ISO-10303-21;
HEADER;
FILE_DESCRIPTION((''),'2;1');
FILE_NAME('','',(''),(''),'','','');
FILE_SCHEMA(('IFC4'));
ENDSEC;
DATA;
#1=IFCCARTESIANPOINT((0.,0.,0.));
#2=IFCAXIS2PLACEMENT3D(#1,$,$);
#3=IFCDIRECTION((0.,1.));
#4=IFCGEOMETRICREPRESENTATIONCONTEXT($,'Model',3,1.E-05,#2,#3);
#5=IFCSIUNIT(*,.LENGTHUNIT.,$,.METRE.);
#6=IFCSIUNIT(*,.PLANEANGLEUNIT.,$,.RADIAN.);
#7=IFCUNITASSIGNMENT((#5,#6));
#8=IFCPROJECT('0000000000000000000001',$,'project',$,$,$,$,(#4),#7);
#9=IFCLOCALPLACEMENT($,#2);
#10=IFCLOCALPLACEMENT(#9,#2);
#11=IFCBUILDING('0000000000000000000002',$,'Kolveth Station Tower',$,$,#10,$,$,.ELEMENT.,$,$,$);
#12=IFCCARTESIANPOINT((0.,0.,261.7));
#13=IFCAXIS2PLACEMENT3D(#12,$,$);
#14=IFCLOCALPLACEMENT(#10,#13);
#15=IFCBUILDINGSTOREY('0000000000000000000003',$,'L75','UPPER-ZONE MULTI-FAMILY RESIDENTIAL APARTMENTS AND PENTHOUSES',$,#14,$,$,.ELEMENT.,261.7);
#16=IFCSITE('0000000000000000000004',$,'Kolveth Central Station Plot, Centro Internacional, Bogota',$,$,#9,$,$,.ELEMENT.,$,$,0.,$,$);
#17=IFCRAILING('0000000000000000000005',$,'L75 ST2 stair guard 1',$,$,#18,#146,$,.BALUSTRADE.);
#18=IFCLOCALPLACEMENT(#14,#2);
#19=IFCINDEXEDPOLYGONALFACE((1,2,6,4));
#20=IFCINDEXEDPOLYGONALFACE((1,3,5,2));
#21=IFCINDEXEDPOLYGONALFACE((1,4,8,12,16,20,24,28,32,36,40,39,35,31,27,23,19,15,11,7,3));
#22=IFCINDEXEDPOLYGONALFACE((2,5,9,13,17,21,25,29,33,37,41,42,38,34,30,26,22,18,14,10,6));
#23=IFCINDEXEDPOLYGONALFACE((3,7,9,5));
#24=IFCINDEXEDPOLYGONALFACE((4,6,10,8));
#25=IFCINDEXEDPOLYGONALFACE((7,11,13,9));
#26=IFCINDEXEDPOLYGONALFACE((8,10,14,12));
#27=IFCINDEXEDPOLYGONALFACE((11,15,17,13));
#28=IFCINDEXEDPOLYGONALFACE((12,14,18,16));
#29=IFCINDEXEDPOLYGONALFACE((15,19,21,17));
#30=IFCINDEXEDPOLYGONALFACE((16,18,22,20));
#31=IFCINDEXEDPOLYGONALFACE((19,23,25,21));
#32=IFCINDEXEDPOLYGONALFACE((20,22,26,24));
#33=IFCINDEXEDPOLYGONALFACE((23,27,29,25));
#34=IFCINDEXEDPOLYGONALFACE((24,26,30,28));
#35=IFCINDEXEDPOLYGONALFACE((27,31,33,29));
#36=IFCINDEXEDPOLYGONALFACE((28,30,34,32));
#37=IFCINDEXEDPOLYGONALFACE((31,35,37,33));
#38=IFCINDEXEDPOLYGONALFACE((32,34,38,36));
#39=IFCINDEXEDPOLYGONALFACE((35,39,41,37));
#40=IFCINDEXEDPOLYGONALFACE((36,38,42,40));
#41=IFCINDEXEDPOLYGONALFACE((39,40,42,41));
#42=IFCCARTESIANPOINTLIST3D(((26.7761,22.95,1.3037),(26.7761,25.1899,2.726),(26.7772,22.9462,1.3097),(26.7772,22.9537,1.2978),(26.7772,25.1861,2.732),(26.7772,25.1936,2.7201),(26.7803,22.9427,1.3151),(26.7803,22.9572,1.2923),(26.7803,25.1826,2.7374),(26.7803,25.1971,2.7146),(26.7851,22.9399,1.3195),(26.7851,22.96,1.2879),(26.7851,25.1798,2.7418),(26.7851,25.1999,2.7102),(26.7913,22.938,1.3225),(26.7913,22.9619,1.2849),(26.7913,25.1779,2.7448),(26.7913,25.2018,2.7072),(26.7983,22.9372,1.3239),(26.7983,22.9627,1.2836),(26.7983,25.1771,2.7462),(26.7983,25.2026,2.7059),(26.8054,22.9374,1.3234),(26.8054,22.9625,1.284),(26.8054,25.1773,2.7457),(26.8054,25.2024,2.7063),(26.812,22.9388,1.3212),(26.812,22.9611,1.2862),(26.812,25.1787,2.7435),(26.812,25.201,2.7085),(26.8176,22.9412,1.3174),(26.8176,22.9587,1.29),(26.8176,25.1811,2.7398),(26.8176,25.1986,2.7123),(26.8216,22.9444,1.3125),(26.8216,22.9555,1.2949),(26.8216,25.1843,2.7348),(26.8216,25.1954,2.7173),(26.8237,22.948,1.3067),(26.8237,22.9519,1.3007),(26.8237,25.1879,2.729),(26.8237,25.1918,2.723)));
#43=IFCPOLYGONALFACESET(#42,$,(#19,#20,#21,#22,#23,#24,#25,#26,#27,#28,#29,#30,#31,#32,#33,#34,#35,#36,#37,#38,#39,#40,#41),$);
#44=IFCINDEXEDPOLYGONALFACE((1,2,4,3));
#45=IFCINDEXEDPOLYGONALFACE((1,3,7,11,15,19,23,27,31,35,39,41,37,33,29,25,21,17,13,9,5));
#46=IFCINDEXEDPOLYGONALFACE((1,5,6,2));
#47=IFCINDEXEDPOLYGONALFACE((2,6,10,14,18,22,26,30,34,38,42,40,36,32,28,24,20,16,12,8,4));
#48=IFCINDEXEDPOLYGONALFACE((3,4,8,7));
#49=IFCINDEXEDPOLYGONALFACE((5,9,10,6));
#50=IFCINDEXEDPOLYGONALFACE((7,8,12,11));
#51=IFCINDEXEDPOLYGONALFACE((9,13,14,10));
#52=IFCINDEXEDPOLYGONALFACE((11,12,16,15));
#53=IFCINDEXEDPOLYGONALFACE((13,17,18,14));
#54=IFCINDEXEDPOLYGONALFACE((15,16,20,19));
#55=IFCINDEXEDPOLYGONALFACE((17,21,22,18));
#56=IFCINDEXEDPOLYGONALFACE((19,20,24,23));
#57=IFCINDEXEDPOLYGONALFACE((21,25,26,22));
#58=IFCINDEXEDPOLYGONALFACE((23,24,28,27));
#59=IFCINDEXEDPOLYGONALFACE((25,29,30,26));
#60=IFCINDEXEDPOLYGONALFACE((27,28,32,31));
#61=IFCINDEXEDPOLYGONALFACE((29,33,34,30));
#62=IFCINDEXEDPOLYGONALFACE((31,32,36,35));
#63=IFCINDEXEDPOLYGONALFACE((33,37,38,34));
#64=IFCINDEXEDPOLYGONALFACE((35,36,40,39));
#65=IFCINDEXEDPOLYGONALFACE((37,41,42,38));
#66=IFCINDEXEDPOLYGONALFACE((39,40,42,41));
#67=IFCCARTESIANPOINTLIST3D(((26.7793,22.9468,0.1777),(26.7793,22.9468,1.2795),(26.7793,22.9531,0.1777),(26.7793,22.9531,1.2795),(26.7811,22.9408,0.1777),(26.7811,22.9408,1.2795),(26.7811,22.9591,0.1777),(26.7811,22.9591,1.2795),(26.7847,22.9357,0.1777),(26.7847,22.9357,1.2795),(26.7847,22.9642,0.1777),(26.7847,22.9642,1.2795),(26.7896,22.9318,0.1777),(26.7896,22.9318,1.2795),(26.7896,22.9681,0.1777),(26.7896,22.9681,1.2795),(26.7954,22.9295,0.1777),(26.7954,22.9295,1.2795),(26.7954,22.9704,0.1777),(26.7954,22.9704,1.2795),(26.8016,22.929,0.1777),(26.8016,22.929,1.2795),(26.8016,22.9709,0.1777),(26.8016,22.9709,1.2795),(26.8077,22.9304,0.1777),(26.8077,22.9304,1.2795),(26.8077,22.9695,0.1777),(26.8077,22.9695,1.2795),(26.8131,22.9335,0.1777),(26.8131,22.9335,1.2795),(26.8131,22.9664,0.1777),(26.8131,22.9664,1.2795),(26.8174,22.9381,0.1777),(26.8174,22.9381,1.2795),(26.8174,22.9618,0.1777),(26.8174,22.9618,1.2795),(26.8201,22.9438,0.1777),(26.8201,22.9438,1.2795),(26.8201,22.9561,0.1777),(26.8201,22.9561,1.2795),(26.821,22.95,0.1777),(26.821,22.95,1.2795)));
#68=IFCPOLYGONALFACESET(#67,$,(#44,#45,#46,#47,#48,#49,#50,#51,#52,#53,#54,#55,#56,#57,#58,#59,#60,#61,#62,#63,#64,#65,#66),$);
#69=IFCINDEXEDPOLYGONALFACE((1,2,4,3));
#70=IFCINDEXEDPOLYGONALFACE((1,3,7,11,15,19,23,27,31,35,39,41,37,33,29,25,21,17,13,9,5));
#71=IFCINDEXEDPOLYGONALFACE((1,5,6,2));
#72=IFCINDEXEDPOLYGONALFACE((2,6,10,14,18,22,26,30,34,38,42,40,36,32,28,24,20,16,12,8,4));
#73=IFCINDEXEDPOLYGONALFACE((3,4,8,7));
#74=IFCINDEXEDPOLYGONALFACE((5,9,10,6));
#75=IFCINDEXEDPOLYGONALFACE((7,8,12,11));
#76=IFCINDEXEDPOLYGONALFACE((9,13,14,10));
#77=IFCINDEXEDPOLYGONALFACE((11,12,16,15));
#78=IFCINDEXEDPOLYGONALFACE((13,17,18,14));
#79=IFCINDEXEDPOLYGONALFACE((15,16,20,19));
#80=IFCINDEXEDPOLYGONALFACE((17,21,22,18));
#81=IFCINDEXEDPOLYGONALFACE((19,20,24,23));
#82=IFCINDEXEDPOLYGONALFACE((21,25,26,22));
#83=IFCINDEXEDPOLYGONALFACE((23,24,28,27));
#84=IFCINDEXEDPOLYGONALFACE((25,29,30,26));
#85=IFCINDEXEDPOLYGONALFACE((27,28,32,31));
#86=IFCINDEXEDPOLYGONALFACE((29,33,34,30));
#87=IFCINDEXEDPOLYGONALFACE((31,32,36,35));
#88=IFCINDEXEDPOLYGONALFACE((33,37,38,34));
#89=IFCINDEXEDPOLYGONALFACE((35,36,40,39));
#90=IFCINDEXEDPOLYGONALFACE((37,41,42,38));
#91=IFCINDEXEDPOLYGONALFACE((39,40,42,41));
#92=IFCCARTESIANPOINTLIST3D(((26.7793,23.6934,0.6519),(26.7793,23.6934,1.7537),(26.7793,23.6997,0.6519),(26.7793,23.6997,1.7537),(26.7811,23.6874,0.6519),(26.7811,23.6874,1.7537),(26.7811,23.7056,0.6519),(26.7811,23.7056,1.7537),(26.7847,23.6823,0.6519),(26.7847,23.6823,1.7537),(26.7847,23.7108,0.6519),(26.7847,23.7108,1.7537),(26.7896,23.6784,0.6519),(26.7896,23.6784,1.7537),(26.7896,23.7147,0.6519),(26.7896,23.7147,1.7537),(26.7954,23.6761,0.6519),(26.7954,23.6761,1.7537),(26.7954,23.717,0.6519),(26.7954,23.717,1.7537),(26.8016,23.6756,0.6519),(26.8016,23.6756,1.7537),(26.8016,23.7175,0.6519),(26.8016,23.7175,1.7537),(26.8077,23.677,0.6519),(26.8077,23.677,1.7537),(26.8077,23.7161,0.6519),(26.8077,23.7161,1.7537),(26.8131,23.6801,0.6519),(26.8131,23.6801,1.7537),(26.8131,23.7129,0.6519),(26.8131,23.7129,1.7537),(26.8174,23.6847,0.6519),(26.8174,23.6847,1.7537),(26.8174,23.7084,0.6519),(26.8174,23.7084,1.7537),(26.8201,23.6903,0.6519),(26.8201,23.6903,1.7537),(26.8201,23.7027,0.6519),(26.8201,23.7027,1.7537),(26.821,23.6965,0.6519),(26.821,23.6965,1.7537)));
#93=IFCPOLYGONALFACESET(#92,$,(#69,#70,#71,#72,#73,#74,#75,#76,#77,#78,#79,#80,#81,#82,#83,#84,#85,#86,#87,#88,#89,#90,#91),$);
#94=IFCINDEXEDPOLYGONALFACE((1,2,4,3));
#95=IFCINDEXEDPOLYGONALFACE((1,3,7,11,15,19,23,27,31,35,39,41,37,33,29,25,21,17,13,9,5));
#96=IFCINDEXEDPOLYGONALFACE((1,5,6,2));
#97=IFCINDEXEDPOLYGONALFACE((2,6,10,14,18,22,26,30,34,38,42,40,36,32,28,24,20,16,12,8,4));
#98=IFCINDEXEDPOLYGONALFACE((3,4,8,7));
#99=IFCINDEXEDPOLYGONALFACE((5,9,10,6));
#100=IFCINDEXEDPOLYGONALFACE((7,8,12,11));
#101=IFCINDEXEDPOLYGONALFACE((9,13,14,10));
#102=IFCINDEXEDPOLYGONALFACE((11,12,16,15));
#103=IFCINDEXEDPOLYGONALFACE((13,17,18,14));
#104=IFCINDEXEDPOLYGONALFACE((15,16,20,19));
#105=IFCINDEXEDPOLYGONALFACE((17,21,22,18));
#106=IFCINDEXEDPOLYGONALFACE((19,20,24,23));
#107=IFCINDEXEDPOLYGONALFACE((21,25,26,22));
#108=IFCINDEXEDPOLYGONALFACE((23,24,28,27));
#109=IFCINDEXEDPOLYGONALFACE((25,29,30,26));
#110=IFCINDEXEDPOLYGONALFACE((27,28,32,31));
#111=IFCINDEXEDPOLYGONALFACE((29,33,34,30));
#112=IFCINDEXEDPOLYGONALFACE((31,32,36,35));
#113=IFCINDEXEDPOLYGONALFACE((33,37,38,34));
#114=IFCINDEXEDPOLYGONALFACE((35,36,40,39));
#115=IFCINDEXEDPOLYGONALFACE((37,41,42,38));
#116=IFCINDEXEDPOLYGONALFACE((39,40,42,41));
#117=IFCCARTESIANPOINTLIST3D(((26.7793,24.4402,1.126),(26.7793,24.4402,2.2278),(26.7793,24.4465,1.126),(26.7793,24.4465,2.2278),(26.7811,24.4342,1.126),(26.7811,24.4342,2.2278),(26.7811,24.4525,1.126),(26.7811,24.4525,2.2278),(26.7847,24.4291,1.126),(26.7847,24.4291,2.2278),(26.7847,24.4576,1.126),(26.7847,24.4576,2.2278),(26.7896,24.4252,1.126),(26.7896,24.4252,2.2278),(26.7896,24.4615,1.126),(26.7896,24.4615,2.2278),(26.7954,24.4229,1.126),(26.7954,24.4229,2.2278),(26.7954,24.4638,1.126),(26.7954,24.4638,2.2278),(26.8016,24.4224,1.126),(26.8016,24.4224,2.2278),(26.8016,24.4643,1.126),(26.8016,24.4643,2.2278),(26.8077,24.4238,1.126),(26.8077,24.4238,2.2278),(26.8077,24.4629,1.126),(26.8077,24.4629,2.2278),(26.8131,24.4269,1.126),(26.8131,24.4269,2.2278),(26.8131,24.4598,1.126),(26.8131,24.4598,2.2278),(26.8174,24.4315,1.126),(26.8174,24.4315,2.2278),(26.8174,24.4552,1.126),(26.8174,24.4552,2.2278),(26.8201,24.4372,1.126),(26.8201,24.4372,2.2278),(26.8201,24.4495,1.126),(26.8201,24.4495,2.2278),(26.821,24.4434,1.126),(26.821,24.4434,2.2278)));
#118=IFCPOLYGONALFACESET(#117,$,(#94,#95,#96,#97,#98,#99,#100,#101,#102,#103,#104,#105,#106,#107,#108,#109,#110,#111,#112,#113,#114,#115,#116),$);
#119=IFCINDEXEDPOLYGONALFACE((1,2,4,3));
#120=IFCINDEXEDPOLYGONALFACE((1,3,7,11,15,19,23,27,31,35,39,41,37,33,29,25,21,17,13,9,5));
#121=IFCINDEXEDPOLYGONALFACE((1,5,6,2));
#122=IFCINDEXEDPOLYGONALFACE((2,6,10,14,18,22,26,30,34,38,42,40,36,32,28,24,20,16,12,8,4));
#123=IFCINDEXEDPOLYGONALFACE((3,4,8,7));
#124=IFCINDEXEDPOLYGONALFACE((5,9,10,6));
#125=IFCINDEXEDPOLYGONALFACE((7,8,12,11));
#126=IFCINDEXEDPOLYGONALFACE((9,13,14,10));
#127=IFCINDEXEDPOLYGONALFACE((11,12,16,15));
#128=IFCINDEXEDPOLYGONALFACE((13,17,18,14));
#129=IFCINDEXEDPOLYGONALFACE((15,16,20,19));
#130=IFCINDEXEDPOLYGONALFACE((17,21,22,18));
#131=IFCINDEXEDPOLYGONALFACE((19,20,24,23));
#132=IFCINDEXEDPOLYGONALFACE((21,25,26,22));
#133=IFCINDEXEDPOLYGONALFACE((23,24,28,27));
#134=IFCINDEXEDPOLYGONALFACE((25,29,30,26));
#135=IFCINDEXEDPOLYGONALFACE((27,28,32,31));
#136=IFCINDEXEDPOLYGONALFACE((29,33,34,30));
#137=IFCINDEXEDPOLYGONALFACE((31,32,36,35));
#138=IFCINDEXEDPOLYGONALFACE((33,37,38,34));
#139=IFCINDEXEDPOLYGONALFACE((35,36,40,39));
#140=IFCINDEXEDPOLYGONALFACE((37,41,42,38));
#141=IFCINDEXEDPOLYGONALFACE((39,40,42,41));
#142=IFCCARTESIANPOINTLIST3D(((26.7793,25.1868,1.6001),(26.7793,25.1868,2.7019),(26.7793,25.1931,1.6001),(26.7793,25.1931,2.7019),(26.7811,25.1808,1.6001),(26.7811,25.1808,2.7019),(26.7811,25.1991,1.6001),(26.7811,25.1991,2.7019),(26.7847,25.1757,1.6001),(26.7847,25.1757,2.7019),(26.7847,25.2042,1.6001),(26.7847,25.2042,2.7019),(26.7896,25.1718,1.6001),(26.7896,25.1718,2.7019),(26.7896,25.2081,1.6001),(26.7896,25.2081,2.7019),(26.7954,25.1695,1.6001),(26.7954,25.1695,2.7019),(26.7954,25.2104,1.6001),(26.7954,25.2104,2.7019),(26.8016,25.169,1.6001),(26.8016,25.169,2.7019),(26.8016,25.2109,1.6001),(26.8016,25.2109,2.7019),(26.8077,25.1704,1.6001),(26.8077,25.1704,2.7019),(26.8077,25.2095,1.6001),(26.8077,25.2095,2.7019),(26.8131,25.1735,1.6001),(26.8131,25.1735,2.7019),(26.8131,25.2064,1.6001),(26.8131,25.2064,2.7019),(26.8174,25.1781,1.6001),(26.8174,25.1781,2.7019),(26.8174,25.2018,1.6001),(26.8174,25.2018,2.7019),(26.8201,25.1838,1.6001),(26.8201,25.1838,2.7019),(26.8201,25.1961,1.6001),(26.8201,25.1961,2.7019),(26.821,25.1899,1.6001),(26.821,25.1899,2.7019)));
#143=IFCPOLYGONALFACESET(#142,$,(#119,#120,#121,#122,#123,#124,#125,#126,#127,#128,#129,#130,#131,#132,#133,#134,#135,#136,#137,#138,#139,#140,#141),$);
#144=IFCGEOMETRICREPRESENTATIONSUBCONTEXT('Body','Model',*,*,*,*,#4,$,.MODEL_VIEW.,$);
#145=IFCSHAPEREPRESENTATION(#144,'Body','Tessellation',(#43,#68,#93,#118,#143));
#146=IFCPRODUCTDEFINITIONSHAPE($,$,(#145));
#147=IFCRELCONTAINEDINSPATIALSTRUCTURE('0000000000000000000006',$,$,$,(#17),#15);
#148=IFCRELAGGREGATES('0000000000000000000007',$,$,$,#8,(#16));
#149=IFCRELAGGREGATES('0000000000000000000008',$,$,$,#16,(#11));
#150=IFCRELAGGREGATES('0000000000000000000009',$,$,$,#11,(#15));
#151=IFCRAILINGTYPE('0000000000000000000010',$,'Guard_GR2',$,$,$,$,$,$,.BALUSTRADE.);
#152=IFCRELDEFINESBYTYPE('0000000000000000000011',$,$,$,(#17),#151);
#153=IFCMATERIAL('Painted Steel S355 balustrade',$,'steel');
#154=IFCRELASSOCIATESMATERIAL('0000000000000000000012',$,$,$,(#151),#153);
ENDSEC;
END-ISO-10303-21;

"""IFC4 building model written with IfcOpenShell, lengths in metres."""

from ifc_helpers import new_model, si_unit, direction, frame, origin, origin_2d, place, context, subcontext, project, spatial, circle, extrude, material, type_object, element, save


model = new_model("IFC4")

# Units and contexts
model_context = context("Model", 3, precision=1e-05, world=origin(), true_north=direction((0.0, 1.0)))
body_context = subcontext(model_context, "Body", "Model", "MODEL_VIEW")
ifc_project = project(units=[si_unit("LENGTHUNIT", "METRE"), si_unit("PLANEANGLEUNIT", "RADIAN")], contexts=[model_context])

# Site, building, storey
site_placement = place(None, origin())
site = spatial("IfcSite", under=ifc_project, at=site_placement, Name="Kolveth Central Station Plot, Centro Internacional, Bogota", CompositionType="ELEMENT", RefElevation=0.0)
building_placement = place(site_placement, origin())
building = spatial("IfcBuilding", under=site, at=building_placement, Name="Kolveth Station Tower", CompositionType="ELEMENT")
storey_placement = place(building_placement, frame((0.0, 0.0, 261.7)))
storey = spatial("IfcBuildingStorey", under=building, at=storey_placement, Name="L75", Description="UPPER-ZONE MULTI-FAMILY RESIDENTIAL APARTMENTS AND PENTHOUSES", CompositionType="ELEMENT", Elevation=261.7)

# Railing
ifc_material_1 = material(Name="Painted Steel S355 balustrade", Category="steel")
railing_type_1 = type_object("IfcRailingType", Name="Guard_GR2", PredefinedType="BALUSTRADE", material=ifc_material_1)
railing_1_placement = place(storey_placement, frame((26.8, 22.95, 0.1777)))
element("IfcRailing", 1, at=railing_1_placement, inside=storey, type_object=railing_type_1, Name="L75 ST2 stair guard 1", PredefinedType="BALUSTRADE", context=body_context, shape_type="SweptSolid", body=[
    extrude(circle(Radius=0.0239, at=origin_2d()), frame((0.0, 0.0, 1.126), z_axis=(0.0, 0.844188, 0.536048), x_axis=(-1.0, 0.0, 0.0)), (0.0, 0.0, 1.0), 2.6533),
    extrude(circle(Radius=0.021, at=origin_2d()), origin(), (0.0, 0.0, 1.0), 1.1018),
    extrude(circle(Radius=0.021, at=origin_2d()), frame((0.0, 0.7466, 0.4741)), (0.0, 0.0, 1.0), 1.1018),
    extrude(circle(Radius=0.021, at=origin_2d()), frame((0.0, 1.4934, 0.9482)), (0.0, 0.0, 1.0), 1.1018),
    extrude(circle(Radius=0.021, at=origin_2d()), frame((0.0, 2.24, 1.4224)), (0.0, 0.0, 1.0), 1.1018),
])

save(model, "model.ifc")
